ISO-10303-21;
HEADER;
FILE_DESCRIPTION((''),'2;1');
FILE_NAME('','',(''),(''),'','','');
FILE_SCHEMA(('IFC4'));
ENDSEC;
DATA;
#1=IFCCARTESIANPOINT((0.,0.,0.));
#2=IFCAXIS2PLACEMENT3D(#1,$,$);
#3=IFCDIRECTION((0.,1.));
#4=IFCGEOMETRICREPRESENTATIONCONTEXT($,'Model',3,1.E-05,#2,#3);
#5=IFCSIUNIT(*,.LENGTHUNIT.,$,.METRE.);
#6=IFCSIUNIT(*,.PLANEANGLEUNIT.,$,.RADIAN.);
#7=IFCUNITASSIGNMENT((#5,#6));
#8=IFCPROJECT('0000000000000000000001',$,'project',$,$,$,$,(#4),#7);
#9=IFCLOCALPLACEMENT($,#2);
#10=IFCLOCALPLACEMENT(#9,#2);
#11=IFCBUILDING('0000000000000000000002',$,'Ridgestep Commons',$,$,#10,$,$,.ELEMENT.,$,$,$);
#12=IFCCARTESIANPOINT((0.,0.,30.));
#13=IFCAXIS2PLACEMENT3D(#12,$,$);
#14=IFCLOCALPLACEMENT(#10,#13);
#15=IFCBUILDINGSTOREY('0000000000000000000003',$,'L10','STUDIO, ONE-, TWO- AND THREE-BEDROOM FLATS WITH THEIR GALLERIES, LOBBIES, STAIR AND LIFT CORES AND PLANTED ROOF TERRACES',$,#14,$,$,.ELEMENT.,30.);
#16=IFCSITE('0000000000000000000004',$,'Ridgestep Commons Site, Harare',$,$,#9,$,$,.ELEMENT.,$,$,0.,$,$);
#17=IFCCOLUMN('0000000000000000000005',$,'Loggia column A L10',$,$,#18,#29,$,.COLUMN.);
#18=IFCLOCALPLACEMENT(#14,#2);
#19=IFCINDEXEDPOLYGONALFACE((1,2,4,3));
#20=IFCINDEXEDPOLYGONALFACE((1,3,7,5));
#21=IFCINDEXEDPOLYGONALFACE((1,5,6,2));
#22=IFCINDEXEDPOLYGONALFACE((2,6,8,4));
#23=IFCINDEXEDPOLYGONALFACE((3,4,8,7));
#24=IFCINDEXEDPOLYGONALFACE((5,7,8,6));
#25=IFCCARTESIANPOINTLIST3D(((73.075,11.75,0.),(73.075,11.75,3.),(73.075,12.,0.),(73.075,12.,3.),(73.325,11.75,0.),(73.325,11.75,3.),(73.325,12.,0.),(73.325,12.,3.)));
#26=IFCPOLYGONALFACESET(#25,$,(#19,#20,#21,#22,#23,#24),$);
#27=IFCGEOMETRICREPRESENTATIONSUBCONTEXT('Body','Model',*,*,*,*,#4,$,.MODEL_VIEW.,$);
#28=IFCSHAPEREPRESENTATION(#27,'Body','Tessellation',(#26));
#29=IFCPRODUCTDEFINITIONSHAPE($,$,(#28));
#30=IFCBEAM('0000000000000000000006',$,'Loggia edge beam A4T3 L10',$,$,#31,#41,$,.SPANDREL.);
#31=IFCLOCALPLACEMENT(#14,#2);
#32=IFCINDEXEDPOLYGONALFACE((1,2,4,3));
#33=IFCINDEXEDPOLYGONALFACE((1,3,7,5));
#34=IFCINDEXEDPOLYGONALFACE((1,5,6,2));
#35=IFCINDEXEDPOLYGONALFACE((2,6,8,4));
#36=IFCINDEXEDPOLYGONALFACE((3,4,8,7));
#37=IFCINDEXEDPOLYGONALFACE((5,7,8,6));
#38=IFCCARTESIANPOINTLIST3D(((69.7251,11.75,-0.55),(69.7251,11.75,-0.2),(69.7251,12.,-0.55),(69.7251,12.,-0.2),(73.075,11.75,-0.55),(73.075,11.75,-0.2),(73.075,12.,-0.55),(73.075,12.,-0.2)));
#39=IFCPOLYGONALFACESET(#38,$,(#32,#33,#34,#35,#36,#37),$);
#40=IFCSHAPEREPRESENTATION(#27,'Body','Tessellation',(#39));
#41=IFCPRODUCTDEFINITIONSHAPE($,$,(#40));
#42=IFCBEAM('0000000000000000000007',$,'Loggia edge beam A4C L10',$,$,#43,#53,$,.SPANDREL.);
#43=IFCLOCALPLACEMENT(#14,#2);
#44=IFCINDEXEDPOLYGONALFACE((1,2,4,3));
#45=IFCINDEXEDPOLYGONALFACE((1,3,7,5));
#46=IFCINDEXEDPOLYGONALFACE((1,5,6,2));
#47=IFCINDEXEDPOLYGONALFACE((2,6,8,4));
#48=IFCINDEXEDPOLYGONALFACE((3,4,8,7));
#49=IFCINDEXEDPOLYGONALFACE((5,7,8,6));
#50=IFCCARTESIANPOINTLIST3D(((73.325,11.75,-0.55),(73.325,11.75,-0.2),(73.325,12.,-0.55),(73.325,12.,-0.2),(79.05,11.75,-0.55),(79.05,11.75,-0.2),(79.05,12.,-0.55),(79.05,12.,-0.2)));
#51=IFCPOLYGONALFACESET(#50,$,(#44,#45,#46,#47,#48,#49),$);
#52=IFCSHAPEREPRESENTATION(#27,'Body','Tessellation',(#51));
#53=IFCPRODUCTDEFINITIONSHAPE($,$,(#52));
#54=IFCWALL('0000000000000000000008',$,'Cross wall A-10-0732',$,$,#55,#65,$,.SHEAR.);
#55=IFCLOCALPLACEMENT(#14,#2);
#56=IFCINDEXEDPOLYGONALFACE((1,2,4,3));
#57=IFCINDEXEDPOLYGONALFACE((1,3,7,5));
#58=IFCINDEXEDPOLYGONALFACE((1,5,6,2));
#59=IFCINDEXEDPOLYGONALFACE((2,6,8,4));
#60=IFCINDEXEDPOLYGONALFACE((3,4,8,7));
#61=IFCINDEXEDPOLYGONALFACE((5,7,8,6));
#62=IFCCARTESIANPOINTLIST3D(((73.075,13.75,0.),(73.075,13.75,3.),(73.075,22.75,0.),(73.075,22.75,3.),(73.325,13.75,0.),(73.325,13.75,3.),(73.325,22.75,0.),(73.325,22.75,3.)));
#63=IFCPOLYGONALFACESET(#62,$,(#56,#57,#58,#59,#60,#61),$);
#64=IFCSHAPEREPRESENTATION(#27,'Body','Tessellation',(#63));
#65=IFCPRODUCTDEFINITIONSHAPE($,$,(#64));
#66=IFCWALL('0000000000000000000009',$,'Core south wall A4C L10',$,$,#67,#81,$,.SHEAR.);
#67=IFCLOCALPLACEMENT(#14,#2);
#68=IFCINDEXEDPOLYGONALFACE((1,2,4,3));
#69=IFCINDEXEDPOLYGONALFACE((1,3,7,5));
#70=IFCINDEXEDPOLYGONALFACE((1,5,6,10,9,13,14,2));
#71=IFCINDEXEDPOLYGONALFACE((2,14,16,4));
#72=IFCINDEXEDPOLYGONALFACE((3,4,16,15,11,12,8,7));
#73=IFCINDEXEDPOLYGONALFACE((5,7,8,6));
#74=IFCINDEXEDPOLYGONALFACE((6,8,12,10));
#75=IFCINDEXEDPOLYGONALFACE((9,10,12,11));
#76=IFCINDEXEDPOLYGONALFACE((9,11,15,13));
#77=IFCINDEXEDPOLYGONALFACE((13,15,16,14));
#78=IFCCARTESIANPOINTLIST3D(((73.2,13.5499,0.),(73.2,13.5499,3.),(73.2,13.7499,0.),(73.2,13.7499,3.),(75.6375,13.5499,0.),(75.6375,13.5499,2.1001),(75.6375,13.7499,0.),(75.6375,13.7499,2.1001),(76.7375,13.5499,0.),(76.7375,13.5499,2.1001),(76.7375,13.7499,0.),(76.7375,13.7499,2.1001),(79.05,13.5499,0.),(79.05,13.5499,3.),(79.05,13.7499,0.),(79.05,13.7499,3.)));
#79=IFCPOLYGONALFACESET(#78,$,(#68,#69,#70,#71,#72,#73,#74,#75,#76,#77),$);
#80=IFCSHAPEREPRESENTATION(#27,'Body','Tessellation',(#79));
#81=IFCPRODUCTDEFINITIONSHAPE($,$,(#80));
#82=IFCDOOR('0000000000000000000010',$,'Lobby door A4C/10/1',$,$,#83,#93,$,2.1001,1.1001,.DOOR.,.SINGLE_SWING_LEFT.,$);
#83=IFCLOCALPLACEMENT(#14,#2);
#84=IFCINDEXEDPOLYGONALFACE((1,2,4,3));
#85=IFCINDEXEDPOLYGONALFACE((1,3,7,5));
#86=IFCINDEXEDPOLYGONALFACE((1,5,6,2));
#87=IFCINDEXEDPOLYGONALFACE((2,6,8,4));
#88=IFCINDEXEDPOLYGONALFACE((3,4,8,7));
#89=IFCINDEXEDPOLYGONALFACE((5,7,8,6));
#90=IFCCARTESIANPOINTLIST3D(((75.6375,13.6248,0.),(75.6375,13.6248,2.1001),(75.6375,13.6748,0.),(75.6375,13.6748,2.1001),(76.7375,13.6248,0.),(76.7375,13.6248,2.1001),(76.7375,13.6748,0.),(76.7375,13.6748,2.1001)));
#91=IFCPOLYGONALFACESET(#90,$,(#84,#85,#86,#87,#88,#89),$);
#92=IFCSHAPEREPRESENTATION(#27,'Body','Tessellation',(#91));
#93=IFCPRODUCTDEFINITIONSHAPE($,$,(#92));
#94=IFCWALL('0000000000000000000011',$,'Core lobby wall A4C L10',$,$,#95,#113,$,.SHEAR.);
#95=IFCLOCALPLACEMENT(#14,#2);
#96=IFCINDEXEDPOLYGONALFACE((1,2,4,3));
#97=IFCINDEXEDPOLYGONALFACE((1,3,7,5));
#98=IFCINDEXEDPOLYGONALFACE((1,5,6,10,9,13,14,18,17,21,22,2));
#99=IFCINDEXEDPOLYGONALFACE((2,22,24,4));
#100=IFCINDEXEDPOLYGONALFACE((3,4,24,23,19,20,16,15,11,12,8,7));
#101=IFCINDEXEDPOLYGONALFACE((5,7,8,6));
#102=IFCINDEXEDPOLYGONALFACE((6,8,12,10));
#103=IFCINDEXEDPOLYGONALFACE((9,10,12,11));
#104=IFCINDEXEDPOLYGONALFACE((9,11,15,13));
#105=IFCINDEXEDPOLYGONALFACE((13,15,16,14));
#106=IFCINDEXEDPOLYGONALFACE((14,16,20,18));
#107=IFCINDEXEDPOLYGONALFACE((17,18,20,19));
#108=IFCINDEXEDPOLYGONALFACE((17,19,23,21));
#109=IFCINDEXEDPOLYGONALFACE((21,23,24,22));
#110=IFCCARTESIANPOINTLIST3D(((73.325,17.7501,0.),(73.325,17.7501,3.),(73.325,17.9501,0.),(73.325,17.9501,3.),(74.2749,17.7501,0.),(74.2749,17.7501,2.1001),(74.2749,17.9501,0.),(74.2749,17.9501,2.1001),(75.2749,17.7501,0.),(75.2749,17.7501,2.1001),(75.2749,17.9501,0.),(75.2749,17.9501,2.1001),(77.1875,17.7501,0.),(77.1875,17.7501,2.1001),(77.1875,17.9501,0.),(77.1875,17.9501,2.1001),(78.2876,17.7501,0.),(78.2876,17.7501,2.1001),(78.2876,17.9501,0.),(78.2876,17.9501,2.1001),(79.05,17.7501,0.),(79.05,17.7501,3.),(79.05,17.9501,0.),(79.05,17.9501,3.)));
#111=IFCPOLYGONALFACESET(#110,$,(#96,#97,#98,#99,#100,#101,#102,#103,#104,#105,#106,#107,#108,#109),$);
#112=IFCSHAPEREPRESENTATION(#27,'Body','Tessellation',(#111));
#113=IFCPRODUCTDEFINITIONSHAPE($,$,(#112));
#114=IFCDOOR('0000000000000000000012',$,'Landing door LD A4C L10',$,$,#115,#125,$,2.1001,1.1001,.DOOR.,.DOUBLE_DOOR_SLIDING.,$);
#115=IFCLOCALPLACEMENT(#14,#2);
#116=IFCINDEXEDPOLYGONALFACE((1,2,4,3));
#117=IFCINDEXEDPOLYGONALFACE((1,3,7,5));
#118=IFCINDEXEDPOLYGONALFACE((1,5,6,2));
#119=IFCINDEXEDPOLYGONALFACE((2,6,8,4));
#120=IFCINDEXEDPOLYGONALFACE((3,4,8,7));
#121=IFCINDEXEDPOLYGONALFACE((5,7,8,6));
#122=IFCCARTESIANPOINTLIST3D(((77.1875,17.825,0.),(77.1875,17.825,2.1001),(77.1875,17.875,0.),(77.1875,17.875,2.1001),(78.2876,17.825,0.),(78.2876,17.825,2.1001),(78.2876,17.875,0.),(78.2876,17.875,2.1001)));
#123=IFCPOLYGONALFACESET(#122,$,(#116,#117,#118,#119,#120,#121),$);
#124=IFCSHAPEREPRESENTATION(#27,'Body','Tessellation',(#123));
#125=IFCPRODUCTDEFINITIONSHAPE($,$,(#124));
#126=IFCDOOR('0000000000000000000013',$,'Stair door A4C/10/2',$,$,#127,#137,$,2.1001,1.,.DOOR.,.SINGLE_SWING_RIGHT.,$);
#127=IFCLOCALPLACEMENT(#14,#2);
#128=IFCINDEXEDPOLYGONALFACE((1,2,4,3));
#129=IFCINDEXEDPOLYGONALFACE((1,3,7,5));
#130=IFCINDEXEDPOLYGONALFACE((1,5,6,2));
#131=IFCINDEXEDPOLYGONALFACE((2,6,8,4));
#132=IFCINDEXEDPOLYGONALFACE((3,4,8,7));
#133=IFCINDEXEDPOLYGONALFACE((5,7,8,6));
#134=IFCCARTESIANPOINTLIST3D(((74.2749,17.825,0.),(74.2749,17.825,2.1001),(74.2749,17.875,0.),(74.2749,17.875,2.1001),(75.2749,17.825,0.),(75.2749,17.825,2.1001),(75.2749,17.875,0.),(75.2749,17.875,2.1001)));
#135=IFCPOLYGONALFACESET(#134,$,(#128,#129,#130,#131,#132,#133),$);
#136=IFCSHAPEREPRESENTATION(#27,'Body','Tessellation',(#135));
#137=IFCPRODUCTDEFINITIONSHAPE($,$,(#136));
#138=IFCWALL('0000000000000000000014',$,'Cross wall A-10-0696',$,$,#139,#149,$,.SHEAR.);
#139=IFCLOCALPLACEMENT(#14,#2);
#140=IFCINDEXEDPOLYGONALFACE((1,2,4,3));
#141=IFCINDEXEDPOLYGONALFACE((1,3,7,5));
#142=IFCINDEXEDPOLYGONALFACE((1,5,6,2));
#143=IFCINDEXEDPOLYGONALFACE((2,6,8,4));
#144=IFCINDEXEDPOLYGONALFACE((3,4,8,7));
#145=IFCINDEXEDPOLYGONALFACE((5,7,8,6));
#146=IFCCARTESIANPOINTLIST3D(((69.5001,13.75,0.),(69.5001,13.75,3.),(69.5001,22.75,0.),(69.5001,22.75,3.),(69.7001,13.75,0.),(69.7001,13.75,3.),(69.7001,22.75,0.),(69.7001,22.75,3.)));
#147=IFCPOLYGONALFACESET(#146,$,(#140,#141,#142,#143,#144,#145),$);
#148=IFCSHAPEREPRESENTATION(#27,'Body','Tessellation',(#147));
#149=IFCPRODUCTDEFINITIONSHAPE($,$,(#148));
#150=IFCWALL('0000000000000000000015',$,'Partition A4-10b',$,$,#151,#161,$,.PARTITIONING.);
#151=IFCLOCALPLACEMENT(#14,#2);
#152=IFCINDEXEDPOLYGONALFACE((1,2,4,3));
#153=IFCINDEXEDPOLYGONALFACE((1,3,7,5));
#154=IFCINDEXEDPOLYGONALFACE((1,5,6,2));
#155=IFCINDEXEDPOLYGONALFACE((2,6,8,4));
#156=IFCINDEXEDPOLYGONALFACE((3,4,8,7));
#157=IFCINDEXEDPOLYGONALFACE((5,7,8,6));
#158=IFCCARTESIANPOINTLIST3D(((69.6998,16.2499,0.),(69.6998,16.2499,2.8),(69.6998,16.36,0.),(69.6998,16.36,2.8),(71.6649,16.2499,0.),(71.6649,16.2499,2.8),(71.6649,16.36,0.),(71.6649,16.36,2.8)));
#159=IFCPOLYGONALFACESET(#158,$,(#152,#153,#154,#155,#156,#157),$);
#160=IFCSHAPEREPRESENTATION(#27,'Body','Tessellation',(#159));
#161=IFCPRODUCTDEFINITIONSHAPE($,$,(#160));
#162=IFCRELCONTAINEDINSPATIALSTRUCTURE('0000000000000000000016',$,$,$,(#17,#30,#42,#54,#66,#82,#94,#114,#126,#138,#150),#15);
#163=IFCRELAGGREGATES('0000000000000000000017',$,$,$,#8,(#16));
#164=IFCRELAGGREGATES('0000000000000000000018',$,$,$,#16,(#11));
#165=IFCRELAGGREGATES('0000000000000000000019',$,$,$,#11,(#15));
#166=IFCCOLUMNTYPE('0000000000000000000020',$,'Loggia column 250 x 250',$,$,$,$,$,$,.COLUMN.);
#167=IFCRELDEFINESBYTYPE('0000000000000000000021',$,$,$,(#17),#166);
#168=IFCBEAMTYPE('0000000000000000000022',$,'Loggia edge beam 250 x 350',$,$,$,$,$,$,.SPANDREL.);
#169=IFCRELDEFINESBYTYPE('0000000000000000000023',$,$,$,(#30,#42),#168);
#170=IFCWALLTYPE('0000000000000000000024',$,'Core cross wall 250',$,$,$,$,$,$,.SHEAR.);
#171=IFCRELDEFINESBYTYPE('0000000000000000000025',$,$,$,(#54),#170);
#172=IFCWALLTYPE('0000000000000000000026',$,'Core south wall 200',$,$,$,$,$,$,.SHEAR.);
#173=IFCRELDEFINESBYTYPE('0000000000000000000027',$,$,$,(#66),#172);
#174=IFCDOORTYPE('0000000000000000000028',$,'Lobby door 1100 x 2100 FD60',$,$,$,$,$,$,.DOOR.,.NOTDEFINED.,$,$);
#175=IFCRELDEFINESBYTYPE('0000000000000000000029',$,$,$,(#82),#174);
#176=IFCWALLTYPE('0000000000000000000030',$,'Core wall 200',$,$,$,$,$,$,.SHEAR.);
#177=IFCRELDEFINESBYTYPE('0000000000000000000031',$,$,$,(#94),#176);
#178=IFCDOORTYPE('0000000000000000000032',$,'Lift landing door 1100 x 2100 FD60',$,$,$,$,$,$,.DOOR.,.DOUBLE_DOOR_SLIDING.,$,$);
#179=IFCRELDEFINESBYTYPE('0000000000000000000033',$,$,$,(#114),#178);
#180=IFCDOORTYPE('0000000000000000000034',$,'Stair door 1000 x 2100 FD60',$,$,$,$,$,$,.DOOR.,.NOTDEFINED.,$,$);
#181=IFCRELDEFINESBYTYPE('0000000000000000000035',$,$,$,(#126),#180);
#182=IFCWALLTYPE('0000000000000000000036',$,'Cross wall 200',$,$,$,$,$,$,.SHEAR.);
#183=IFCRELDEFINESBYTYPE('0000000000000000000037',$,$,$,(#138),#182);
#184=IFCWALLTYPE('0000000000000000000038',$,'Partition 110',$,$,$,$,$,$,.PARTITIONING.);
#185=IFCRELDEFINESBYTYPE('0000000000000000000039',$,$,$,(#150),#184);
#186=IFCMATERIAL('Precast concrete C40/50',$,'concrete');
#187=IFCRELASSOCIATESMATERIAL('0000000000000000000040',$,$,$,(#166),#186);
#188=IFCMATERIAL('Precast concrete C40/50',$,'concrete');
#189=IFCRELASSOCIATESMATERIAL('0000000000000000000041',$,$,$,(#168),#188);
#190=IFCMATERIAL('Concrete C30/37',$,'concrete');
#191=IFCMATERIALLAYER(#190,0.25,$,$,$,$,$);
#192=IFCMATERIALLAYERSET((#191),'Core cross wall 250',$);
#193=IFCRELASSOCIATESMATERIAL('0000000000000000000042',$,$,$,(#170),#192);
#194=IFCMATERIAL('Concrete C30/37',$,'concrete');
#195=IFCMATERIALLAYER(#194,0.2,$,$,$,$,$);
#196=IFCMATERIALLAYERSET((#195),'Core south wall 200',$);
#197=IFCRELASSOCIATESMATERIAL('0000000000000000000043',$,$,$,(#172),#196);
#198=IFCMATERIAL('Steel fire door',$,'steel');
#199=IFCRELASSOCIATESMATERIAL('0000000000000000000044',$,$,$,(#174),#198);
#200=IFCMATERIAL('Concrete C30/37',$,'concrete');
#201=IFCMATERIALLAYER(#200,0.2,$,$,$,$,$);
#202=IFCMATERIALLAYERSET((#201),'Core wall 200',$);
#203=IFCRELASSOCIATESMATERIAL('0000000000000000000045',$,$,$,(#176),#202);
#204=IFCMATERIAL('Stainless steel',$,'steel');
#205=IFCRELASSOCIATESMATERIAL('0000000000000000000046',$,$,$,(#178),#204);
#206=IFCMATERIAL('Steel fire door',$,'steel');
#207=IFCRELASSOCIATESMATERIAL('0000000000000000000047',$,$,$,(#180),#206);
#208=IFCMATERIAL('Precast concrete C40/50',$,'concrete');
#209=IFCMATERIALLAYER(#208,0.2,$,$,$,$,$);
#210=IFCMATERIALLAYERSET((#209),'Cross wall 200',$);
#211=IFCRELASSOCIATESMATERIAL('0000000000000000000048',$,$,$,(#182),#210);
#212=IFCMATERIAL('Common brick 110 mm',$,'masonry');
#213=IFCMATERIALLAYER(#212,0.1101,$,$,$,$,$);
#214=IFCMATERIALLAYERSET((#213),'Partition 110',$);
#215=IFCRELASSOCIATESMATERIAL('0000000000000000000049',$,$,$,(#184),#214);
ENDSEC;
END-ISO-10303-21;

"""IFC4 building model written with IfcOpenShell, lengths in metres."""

from ifc_helpers import new_model, si_unit, direction, frame, frame_2d, origin, origin_2d, place, context, subcontext, project, spatial, rectangle, extrude, material, layer, layer_set, material_profile, profile_set, type_object, element, fill, save


model = new_model("IFC4")

# Units and contexts
model_context = context("Model", 3, precision=1e-05, world=origin(), true_north=direction((0.0, 1.0)))
body_context = subcontext(model_context, "Body", "Model", "MODEL_VIEW")
ifc_project = project(units=[si_unit("LENGTHUNIT", "METRE"), si_unit("PLANEANGLEUNIT", "RADIAN")], contexts=[model_context])

# Site, building, storey
site_placement = place(None, origin())
site = spatial("IfcSite", under=ifc_project, at=site_placement, Name="Ridgestep Commons Site, Harare", CompositionType="ELEMENT", RefElevation=0.0)
building_placement = place(site_placement, origin())
building = spatial("IfcBuilding", under=site, at=building_placement, Name="Ridgestep Commons", CompositionType="ELEMENT")
storey_placement = place(building_placement, frame((0.0, 0.0, 30.0)))
storey = spatial("IfcBuildingStorey", under=building, at=storey_placement, Name="L10", Description="STUDIO, ONE-, TWO- AND THREE-BEDROOM FLATS WITH THEIR GALLERIES, LOBBIES, STAIR AND LIFT CORES AND PLANTED ROOF TERRACES", CompositionType="ELEMENT", Elevation=30.0)

# Column
ifc_material_1 = material(Name="Precast concrete C40/50", Category="concrete")
ifc_material_profile_1 = material_profile(ifc_material_1, rectangle(XDim=0.25, YDim=0.25, at=origin_2d()), Name="PC 250x250")
ifc_profile_set_1 = profile_set([ifc_material_profile_1], Name="Precast concrete C40/50")
column_type = type_object("IfcColumnType", Name="Loggia column 250 x 250", PredefinedType="COLUMN", material=ifc_profile_set_1)
column_placement = place(storey_placement, frame((73.2, 11.875, 0.0), z_axis=(0.0, 0.0, 1.0), x_axis=(1.0, 0.0, 0.0)))
element("IfcColumn", 1, at=column_placement, inside=storey, type_object=column_type, Name="Loggia column A L10", PredefinedType="COLUMN", context=body_context, shape_type="SweptSolid", body=[
    extrude(rectangle(XDim=0.25, YDim=0.25, at=origin_2d()), origin(), (0.0, 0.0, 1.0), 3.0),
])

# Beams
ifc_material_2 = material(Name="Precast concrete C40/50", Category="concrete")
ifc_material_profile_2 = material_profile(ifc_material_2, rectangle(XDim=0.25, YDim=0.3501, at=origin_2d()), Name="PC 250x350")
ifc_profile_set_2 = profile_set([ifc_material_profile_2], Name="Precast concrete C40/50")
beam_type = type_object("IfcBeamType", Name="Loggia edge beam 250 x 350", PredefinedType="SPANDREL", material=ifc_profile_set_2)
beam_1_placement = place(storey_placement, frame((69.7251, 11.875, -0.375), z_axis=(1.0, 0.0, 0.0), x_axis=(0.0, 1.0, 0.0)))
element("IfcBeam", 2, at=beam_1_placement, inside=storey, type_object=beam_type, Name="Loggia edge beam A4T3 L10", PredefinedType="SPANDREL", context=body_context, shape_type="SweptSolid", body=[
    extrude(rectangle(XDim=0.25, YDim=0.3501, at=origin_2d()), origin(), (0.0, 0.0, 1.0), 3.3499),
])
beam_2_placement = place(storey_placement, frame((73.325, 11.875, -0.375), z_axis=(1.0, 0.0, 0.0), x_axis=(0.0, 1.0, 0.0)))
element("IfcBeam", 3, at=beam_2_placement, inside=storey, type_object=beam_type, Name="Loggia edge beam A4C L10", PredefinedType="SPANDREL", context=body_context, shape_type="SweptSolid", body=[
    extrude(rectangle(XDim=0.25, YDim=0.3501, at=origin_2d()), origin(), (0.0, 0.0, 1.0), 5.7251),
])

# Wall
ifc_material_3 = material(Name="Concrete C30/37", Category="concrete")
ifc_layer_1 = layer(ifc_material_3, 0.25)
ifc_layer_set_1 = layer_set([ifc_layer_1], Name="Core cross wall 250")
wall_type_1 = type_object("IfcWallType", Name="Core cross wall 250", PredefinedType="SHEAR", material=ifc_layer_set_1)
wall_1_placement = place(storey_placement, frame((73.2, 13.75, 0.0), z_axis=(0.0, 0.0, 1.0), x_axis=(0.0, 1.0, 0.0)))
element("IfcWall", 4, at=wall_1_placement, inside=storey, type_object=wall_type_1, Name="Cross wall A-10-0732", PredefinedType="SHEAR", context=body_context, shape_type="SweptSolid", body=[
    extrude(rectangle(XDim=9.0, YDim=0.25, at=frame_2d((4.5, 0.0))), origin(), (0.0, 0.0, 1.0), 3.0),
])

# Wall, opening, door
ifc_material_4 = material(Name="Concrete C30/37", Category="concrete")
ifc_layer_2 = layer(ifc_material_4, 0.2)
ifc_layer_set_2 = layer_set([ifc_layer_2], Name="Core south wall 200")
wall_type_2 = type_object("IfcWallType", Name="Core south wall 200", PredefinedType="SHEAR", material=ifc_layer_set_2)
wall_2_placement = place(storey_placement, frame((73.2, 13.6499, 0.0), z_axis=(0.0, 0.0, 1.0), x_axis=(1.0, 0.0, 0.0)))
wall_2 = element("IfcWall", 5, at=wall_2_placement, inside=storey, type_object=wall_type_2, Name="Core south wall A4C L10", PredefinedType="SHEAR", context=body_context, shape_type="SweptSolid", body=[
    extrude(rectangle(XDim=5.8501, YDim=0.2, at=frame_2d((2.925, 0.0))), origin(), (0.0, 0.0, 1.0), 3.0),
])
opening_1_placement = place(wall_2_placement, frame((2.4375, 0.0, 0.0)))
opening_1 = element("IfcOpeningElement", 6, at=opening_1_placement, cuts=wall_2, PredefinedType="OPENING", context=body_context, shape_type="SweptSolid", body=[
    extrude(rectangle(XDim=1.1001, YDim=2.1001, at=frame_2d((0.55, 1.05))), frame((0.0, 0.1099, 0.0), z_axis=(0.0, -1.0, 0.0), x_axis=(1.0, 0.0, 0.0)), (0.0, 0.0, 1.0), 0.22),
])
ifc_material_5 = material(Name="Steel fire door", Category="steel")
door_type_1 = type_object("IfcDoorType", Name="Lobby door 1100 x 2100 FD60", OperationType="NOTDEFINED", PredefinedType="DOOR", material=ifc_material_5)
door_1_placement = place(opening_1_placement, origin())
door_1 = element("IfcDoor", 7, at=door_1_placement, inside=storey, type_object=door_type_1, Name="Lobby door A4C/10/1", OperationType="SINGLE_SWING_LEFT", OverallHeight=2.1001, OverallWidth=1.1001, PredefinedType="DOOR", context=body_context, shape_type="SweptSolid", body=[
    extrude(rectangle(XDim=1.1001, YDim=2.1001, at=frame_2d((0.55, 1.05))), frame((0.0, 0.0249, 0.0), z_axis=(0.0, -1.0, 0.0), x_axis=(1.0, 0.0, 0.0)), (0.0, 0.0, 1.0), 0.05),
])
fill(opening_1, door_1)

# Wall, openings, doors
ifc_material_6 = material(Name="Concrete C30/37", Category="concrete")
ifc_layer_3 = layer(ifc_material_6, 0.2)
ifc_layer_set_3 = layer_set([ifc_layer_3], Name="Core wall 200")
wall_type_3 = type_object("IfcWallType", Name="Core wall 200", PredefinedType="SHEAR", material=ifc_layer_set_3)
wall_3_placement = place(storey_placement, frame((73.325, 17.8501, 0.0), z_axis=(0.0, 0.0, 1.0), x_axis=(1.0, 0.0, 0.0)))
wall_3 = element("IfcWall", 8, at=wall_3_placement, inside=storey, type_object=wall_type_3, Name="Core lobby wall A4C L10", PredefinedType="SHEAR", context=body_context, shape_type="SweptSolid", body=[
    extrude(rectangle(XDim=5.7251, YDim=0.2, at=frame_2d((2.8625, 0.0))), origin(), (0.0, 0.0, 1.0), 3.0),
])
opening_2_placement = place(wall_3_placement, frame((0.95, 0.0, 0.0)))
opening_2 = element("IfcOpeningElement", 9, at=opening_2_placement, cuts=wall_3, PredefinedType="OPENING", context=body_context, shape_type="SweptSolid", body=[
    extrude(rectangle(XDim=1.0, YDim=2.1001, at=frame_2d((0.5, 1.05))), frame((0.0, 0.1099, 0.0), z_axis=(0.0, -1.0, 0.0), x_axis=(1.0, 0.0, 0.0)), (0.0, 0.0, 1.0), 0.22),
])
opening_3_placement = place(wall_3_placement, frame((3.8625, 0.0, 0.0)))
opening_3 = element("IfcOpeningElement", 10, at=opening_3_placement, cuts=wall_3, PredefinedType="OPENING", context=body_context, shape_type="SweptSolid", body=[
    extrude(rectangle(XDim=1.1001, YDim=2.1001, at=frame_2d((0.55, 1.05))), frame((0.0, 0.1099, 0.0), z_axis=(0.0, -1.0, 0.0), x_axis=(1.0, 0.0, 0.0)), (0.0, 0.0, 1.0), 0.22),
])
ifc_material_7 = material(Name="Stainless steel", Category="steel")
door_type_2 = type_object("IfcDoorType", Name="Lift landing door 1100 x 2100 FD60", OperationType="DOUBLE_DOOR_SLIDING", PredefinedType="DOOR", material=ifc_material_7)
door_2_placement = place(opening_3_placement, origin())
door_2 = element("IfcDoor", 11, at=door_2_placement, inside=storey, type_object=door_type_2, Name="Landing door LD A4C L10", OperationType="DOUBLE_DOOR_SLIDING", OverallHeight=2.1001, OverallWidth=1.1001, PredefinedType="DOOR", context=body_context, shape_type="SweptSolid", body=[
    extrude(rectangle(XDim=1.1001, YDim=2.1001, at=frame_2d((0.55, 1.05))), frame((0.0, 0.0249, 0.0), z_axis=(0.0, -1.0, 0.0), x_axis=(1.0, 0.0, 0.0)), (0.0, 0.0, 1.0), 0.05),
])
fill(opening_3, door_2)
ifc_material_8 = material(Name="Steel fire door", Category="steel")
door_type_3 = type_object("IfcDoorType", Name="Stair door 1000 x 2100 FD60", OperationType="NOTDEFINED", PredefinedType="DOOR", material=ifc_material_8)
door_3_placement = place(opening_2_placement, origin())
door_3 = element("IfcDoor", 12, at=door_3_placement, inside=storey, type_object=door_type_3, Name="Stair door A4C/10/2", OperationType="SINGLE_SWING_RIGHT", OverallHeight=2.1001, OverallWidth=1.0, PredefinedType="DOOR", context=body_context, shape_type="SweptSolid", body=[
    extrude(rectangle(XDim=1.0, YDim=2.1001, at=frame_2d((0.5, 1.05))), frame((0.0, 0.0249, 0.0), z_axis=(0.0, -1.0, 0.0), x_axis=(1.0, 0.0, 0.0)), (0.0, 0.0, 1.0), 0.05),
])
fill(opening_2, door_3)

# Walls
ifc_material_9 = material(Name="Precast concrete C40/50", Category="concrete")
ifc_layer_4 = layer(ifc_material_9, 0.2)
ifc_layer_set_4 = layer_set([ifc_layer_4], Name="Cross wall 200")
wall_type_4 = type_object("IfcWallType", Name="Cross wall 200", PredefinedType="SHEAR", material=ifc_layer_set_4)
wall_4_placement = place(storey_placement, frame((69.6001, 13.75, 0.0), z_axis=(0.0, 0.0, 1.0), x_axis=(0.0, 1.0, 0.0)))
element("IfcWall", 13, at=wall_4_placement, inside=storey, type_object=wall_type_4, Name="Cross wall A-10-0696", PredefinedType="SHEAR", context=body_context, shape_type="SweptSolid", body=[
    extrude(rectangle(XDim=9.0, YDim=0.2, at=frame_2d((4.5, 0.0))), origin(), (0.0, 0.0, 1.0), 3.0),
])
ifc_material_10 = material(Name="Common brick 110 mm", Category="masonry")
ifc_layer_5 = layer(ifc_material_10, 0.1101)
ifc_layer_set_5 = layer_set([ifc_layer_5], Name="Partition 110")
wall_type_5 = type_object("IfcWallType", Name="Partition 110", PredefinedType="PARTITIONING", material=ifc_layer_set_5)
wall_5_placement = place(storey_placement, frame((69.7, 16.3049, 0.0), z_axis=(0.0, 0.0, 1.0), x_axis=(1.0, 0.0, 0.0)))
element("IfcWall", 14, at=wall_5_placement, inside=storey, type_object=wall_type_5, Name="Partition A4-10b", PredefinedType="PARTITIONING", context=body_context, shape_type="SweptSolid", body=[
    extrude(rectangle(XDim=1.9651, YDim=0.1101, at=frame_2d((0.9824, 0.0))), origin(), (0.0, 0.0, 1.0), 2.8),
])

save(model, "model.ifc")
